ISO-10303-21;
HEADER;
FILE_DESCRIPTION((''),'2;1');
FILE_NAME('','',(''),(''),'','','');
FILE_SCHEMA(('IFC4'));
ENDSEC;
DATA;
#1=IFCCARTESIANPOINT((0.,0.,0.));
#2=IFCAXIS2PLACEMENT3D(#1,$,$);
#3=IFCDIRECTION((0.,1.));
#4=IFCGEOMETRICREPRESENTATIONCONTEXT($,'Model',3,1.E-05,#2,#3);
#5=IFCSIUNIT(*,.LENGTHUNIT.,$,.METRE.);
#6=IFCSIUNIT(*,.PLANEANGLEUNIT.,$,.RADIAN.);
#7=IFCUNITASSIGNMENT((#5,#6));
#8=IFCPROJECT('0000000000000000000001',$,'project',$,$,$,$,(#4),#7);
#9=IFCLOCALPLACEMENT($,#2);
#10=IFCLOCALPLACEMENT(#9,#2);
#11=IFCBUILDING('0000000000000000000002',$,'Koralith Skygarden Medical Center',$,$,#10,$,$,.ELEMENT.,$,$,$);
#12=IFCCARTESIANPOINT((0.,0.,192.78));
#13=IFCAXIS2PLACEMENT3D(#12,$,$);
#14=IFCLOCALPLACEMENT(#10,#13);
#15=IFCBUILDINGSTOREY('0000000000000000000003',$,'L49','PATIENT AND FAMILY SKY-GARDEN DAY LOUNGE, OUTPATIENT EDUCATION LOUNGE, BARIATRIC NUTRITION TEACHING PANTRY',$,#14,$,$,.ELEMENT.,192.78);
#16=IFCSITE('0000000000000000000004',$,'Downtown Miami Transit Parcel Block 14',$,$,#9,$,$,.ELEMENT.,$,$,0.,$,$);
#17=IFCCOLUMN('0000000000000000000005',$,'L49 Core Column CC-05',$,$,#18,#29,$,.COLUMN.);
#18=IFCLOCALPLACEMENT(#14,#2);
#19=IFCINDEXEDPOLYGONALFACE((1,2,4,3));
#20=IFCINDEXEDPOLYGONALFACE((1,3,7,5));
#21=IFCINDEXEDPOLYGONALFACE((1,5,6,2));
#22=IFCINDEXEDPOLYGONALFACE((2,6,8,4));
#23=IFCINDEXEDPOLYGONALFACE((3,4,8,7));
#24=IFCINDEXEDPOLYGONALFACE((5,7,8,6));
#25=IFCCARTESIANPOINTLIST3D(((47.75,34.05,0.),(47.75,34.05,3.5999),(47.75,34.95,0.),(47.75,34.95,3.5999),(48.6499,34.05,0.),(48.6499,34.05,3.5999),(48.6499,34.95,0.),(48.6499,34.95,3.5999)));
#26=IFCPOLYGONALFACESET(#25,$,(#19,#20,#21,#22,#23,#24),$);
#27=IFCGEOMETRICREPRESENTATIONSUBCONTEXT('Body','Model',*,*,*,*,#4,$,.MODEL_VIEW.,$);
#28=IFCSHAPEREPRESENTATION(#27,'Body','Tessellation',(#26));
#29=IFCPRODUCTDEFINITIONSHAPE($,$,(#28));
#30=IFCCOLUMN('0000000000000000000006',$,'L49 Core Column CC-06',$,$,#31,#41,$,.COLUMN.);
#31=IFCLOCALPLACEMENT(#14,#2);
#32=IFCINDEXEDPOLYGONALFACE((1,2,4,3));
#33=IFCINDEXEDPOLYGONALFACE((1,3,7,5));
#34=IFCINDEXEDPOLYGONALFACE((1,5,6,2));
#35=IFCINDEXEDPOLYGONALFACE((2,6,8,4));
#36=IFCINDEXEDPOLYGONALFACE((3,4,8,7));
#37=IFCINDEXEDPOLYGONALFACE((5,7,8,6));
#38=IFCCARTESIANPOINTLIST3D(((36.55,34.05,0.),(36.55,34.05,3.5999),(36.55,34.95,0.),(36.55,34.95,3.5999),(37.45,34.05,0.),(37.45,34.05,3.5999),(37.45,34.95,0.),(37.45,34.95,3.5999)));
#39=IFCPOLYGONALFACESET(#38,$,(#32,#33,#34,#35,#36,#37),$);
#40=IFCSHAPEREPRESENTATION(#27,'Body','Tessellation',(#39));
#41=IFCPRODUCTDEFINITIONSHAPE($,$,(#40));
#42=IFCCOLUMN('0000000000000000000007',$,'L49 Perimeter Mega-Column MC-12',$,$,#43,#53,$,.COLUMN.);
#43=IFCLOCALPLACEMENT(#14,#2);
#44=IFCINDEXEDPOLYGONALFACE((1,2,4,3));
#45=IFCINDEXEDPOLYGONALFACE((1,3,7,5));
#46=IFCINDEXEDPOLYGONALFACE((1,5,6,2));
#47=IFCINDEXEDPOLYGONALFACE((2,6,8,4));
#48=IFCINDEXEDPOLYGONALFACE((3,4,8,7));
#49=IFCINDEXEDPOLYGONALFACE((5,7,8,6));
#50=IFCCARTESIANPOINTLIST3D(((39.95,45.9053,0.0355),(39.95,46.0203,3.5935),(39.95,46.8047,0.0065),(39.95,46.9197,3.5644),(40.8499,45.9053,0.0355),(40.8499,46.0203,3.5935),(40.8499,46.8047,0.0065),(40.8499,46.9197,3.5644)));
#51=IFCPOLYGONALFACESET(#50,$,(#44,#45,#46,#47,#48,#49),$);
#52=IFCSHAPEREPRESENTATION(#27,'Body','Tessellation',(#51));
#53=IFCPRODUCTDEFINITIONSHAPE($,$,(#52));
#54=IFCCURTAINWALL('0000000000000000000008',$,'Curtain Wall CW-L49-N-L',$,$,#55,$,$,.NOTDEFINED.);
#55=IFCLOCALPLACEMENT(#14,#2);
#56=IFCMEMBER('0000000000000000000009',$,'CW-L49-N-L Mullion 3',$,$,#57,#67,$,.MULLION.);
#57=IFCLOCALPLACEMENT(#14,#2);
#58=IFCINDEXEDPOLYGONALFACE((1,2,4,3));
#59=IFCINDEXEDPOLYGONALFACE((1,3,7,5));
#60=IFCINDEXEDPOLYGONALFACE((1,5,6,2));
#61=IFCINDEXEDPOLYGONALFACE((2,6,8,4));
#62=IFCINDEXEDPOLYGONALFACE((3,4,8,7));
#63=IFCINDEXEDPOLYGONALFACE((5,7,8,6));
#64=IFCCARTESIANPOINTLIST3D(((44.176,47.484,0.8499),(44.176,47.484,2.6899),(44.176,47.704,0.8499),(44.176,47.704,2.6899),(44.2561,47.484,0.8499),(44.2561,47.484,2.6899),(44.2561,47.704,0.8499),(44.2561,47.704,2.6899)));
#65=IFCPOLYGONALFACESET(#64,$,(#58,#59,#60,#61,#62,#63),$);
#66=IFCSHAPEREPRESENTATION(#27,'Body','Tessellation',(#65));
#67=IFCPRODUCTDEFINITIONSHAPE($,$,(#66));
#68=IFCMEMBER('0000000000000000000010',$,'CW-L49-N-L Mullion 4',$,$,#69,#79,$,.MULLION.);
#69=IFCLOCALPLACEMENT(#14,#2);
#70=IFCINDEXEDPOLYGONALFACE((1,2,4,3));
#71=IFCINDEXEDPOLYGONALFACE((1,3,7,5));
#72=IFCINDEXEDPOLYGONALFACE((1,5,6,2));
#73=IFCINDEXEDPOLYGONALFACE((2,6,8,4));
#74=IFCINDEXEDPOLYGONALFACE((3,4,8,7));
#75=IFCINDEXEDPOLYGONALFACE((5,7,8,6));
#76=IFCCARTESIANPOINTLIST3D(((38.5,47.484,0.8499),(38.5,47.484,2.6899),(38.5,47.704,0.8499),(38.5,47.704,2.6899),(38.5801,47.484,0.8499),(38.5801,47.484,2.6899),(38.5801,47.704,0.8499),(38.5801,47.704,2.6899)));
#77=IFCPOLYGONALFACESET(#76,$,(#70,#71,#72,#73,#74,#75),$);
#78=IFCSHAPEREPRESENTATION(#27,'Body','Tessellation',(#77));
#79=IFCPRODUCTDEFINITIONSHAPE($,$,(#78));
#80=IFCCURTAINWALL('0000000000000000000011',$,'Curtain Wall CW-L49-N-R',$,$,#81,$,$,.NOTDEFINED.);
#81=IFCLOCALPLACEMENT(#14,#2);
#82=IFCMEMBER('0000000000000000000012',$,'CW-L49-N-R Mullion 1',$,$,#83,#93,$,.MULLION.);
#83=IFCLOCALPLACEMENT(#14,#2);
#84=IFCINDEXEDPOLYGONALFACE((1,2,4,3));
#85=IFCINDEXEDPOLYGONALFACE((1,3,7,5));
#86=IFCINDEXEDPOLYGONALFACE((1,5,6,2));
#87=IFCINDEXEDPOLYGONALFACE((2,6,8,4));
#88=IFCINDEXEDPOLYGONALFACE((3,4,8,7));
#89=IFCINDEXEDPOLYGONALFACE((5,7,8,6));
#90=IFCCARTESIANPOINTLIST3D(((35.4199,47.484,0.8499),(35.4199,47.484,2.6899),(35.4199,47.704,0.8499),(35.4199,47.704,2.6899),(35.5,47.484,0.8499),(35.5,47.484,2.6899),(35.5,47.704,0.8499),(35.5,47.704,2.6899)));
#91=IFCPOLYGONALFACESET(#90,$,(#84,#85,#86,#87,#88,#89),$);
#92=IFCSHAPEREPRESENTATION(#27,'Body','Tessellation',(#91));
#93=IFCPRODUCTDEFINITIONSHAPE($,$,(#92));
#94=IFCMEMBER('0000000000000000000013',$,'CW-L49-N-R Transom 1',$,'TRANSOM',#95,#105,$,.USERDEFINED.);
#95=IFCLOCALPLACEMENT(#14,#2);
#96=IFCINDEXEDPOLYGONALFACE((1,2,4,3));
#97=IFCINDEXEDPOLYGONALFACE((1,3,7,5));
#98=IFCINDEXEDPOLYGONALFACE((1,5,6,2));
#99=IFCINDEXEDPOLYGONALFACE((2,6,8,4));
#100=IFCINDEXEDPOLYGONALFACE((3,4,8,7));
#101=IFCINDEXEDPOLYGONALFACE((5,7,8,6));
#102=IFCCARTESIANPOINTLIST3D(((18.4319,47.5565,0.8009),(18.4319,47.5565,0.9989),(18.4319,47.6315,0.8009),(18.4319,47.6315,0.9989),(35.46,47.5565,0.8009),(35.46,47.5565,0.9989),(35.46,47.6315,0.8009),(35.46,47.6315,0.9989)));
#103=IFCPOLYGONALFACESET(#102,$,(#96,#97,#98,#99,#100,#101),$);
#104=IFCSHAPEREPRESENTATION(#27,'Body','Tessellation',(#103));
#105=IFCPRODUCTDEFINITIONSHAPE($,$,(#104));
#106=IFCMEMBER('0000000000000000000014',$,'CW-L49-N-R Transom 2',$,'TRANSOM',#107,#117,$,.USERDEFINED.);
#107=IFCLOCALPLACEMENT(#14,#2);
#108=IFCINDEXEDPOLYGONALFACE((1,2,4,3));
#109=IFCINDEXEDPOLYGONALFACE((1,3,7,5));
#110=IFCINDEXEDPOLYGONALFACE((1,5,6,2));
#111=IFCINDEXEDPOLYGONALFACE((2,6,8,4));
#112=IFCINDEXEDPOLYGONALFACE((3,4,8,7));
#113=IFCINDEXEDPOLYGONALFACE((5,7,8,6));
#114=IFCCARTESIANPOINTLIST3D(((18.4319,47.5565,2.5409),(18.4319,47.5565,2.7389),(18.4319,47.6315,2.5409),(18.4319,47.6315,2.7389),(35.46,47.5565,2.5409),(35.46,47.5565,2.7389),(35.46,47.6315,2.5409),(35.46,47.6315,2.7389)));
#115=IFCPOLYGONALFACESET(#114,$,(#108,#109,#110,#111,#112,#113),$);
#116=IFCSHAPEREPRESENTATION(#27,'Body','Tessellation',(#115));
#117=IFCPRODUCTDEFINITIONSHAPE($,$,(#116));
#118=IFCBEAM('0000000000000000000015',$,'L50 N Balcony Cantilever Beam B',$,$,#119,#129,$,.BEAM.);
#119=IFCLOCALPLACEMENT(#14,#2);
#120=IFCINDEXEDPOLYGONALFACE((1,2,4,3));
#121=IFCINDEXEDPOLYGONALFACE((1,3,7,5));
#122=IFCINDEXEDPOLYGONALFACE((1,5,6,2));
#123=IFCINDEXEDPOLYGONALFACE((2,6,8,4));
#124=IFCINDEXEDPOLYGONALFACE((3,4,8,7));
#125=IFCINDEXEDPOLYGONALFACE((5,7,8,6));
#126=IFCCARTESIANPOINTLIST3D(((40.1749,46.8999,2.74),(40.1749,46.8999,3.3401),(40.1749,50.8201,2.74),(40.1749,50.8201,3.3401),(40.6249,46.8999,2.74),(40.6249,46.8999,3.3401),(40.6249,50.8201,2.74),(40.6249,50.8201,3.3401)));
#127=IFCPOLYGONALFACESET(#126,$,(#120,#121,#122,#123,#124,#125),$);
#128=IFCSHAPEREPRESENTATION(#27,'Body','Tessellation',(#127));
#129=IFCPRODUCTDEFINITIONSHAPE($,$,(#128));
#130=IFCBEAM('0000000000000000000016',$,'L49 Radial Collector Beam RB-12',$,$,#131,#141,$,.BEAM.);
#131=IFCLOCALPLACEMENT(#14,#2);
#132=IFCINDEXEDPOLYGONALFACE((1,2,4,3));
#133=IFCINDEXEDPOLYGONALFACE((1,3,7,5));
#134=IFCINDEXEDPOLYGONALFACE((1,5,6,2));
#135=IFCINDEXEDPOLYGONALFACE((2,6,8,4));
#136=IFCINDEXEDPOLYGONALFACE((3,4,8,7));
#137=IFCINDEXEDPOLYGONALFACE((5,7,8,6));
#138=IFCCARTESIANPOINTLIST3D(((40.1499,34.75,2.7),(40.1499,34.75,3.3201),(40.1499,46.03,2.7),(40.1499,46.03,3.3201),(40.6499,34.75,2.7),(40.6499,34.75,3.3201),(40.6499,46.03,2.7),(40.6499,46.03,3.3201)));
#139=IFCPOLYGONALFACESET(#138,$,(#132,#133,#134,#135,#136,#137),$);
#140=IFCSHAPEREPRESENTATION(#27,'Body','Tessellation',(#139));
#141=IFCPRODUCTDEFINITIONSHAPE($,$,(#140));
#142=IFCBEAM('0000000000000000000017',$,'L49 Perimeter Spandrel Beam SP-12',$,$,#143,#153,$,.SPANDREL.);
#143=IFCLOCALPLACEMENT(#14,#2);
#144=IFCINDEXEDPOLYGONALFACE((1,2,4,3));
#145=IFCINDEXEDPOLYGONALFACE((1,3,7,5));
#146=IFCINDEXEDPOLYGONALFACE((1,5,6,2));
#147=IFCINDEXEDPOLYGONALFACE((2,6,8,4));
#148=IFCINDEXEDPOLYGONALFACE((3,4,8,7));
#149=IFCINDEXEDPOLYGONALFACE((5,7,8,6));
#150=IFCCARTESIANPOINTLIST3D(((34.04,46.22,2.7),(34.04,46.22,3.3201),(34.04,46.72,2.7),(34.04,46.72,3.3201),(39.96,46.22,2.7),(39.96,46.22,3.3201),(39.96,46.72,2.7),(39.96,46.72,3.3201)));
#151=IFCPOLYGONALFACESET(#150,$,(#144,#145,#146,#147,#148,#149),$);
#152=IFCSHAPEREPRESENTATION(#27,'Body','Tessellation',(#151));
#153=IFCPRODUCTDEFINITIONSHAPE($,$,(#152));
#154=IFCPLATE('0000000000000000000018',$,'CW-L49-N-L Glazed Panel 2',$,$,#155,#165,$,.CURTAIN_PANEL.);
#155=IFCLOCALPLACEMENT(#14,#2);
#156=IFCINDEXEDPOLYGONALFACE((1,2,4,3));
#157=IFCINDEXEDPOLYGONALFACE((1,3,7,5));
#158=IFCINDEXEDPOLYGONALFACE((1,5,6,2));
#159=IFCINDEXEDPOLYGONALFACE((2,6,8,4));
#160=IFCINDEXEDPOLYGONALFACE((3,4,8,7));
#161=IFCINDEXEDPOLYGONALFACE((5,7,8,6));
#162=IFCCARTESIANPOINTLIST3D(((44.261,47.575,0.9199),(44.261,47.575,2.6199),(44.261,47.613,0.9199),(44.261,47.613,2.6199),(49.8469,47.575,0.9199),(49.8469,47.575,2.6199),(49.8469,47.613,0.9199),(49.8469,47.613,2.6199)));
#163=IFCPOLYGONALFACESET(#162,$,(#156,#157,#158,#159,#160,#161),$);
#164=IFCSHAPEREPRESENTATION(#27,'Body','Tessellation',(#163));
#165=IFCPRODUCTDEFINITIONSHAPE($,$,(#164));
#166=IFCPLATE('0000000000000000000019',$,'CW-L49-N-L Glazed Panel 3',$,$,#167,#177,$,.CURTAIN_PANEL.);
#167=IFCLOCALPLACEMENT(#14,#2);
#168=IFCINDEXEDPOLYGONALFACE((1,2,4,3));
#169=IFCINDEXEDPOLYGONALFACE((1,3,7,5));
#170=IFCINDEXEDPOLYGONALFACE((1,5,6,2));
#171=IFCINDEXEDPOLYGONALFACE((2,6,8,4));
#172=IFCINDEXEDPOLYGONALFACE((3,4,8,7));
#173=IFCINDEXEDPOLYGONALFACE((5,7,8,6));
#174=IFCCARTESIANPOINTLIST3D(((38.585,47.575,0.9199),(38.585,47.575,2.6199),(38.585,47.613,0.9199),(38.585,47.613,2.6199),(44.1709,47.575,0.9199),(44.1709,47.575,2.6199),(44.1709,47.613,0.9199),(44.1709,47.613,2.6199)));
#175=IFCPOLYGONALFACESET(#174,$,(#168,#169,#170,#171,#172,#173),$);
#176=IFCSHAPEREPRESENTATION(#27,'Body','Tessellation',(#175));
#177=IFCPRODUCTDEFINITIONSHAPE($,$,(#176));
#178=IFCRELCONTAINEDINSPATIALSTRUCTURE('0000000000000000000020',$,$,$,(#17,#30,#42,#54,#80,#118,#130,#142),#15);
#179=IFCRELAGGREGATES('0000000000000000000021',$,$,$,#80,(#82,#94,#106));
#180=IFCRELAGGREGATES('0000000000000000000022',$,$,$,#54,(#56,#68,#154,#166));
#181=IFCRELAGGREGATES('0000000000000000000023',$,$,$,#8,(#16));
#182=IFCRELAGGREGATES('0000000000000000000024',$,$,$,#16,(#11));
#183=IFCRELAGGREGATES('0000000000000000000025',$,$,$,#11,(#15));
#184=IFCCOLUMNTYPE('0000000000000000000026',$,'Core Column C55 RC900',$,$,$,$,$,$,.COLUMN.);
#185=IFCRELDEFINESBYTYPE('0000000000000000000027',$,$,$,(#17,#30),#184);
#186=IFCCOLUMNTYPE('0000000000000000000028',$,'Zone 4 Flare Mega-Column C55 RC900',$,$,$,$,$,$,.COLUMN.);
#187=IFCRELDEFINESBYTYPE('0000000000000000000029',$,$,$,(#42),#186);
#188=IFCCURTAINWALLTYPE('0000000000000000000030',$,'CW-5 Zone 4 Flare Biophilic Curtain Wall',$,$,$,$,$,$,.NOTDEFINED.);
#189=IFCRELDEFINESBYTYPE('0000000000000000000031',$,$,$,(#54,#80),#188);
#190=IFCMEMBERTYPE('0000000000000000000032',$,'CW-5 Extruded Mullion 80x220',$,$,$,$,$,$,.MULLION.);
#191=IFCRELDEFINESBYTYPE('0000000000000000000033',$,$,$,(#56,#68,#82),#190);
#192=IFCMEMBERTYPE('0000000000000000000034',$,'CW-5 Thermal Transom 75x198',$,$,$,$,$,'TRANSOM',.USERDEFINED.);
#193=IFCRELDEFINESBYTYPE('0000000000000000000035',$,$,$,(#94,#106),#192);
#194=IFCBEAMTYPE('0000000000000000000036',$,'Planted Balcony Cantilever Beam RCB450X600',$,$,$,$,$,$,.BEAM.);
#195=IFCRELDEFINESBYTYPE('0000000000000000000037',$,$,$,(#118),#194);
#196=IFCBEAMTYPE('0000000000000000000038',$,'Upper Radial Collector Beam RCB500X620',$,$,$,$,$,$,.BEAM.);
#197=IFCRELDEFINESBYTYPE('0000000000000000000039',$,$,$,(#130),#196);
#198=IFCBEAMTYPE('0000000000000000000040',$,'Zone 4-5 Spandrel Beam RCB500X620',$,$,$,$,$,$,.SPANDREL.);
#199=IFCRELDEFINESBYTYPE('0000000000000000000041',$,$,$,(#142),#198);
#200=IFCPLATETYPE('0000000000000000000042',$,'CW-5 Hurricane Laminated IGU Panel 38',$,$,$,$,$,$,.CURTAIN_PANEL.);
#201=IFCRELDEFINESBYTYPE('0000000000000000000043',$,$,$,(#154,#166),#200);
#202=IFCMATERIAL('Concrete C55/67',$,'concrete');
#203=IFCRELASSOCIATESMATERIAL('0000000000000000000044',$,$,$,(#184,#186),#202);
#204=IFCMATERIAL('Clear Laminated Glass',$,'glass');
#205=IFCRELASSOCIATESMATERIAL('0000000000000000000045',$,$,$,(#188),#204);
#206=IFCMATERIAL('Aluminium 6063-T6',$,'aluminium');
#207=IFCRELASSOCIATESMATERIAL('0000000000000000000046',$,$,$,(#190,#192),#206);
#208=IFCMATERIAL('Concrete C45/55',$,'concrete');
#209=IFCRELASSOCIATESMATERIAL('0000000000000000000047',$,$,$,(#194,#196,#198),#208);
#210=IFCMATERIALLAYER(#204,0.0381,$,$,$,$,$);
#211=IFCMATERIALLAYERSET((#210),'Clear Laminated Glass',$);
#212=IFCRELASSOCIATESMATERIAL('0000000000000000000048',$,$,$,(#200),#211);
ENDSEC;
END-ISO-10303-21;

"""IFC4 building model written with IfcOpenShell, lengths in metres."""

from ifc_helpers import new_model, si_unit, direction, frame, origin, origin_2d, place, context, subcontext, project, spatial, rectangle, extrude, material, layer, layer_set, material_profile, profile_set, type_object, element, aggregate, save


model = new_model("IFC4")

# Units and contexts
model_context = context("Model", 3, precision=1e-05, world=origin(), true_north=direction((0.0, 1.0)))
body_context = subcontext(model_context, "Body", "Model", "MODEL_VIEW")
ifc_project = project(units=[si_unit("LENGTHUNIT", "METRE"), si_unit("PLANEANGLEUNIT", "RADIAN")], contexts=[model_context])

# Site, building, storey
site_placement = place(None, origin())
site = spatial("IfcSite", under=ifc_project, at=site_placement, Name="Downtown Miami Transit Parcel Block 14", CompositionType="ELEMENT", RefElevation=0.0)
building_placement = place(site_placement, origin())
building = spatial("IfcBuilding", under=site, at=building_placement, Name="Koralith Skygarden Medical Center", CompositionType="ELEMENT")
storey_placement = place(building_placement, frame((0.0, 0.0, 192.78)))
storey = spatial("IfcBuildingStorey", under=building, at=storey_placement, Name="L49", Description="PATIENT AND FAMILY SKY-GARDEN DAY LOUNGE, OUTPATIENT EDUCATION LOUNGE, BARIATRIC NUTRITION TEACHING PANTRY", CompositionType="ELEMENT", Elevation=192.78)

# Columns
ifc_material_1 = material(Name="Concrete C55/67", Category="concrete")
ifc_material_profile_1 = material_profile(ifc_material_1, rectangle(XDim=0.8999, YDim=0.8999, at=origin_2d()), Name="RC900X900")
ifc_profile_set_1 = profile_set([ifc_material_profile_1], Name="Concrete C55/67")
column_type_1 = type_object("IfcColumnType", Name="Core Column C55 RC900", PredefinedType="COLUMN", material=ifc_profile_set_1)
for number, where, z_axis, x_axis, name in (
    (1, (48.2, 34.5, 0.0), (0.0, 0.0, 1.0), (1.0, 0.0, 0.0), "L49 Core Column CC-05"),
    (2, (37.0, 34.5, 0.0), (0.0, 0.0, 1.0), (1.0, 0.0, 0.0), "L49 Core Column CC-06"),
):
    element("IfcColumn", number, at=place(storey_placement, frame(where, z_axis=z_axis, x_axis=x_axis)), inside=storey, type_object=column_type_1, Name=name, PredefinedType="COLUMN", context=body_context, shape_type="SweptSolid", body=[
        extrude(rectangle(XDim=0.8999, YDim=0.8999, at=origin_2d()), origin(), (0.0, 0.0, 1.0), 3.5999),
    ])
ifc_material_profile_2 = material_profile(ifc_material_1, rectangle(XDim=0.8999, YDim=0.8999, at=origin_2d()), Name="RC900X900")
ifc_profile_set_2 = profile_set([ifc_material_profile_2], Name="Concrete C55/67")
column_type_2 = type_object("IfcColumnType", Name="Zone 4 Flare Mega-Column C55 RC900", PredefinedType="COLUMN", material=ifc_profile_set_2)
column_placement = place(storey_placement, frame((40.3999, 46.355, 0.021), z_axis=(0.0, 0.032303, 0.999478), x_axis=(-1.0, 0.0, 0.0)))
element("IfcColumn", 3, at=column_placement, inside=storey, type_object=column_type_2, Name="L49 Perimeter Mega-Column MC-12", PredefinedType="COLUMN", context=body_context, shape_type="SweptSolid", body=[
    extrude(rectangle(XDim=0.8999, YDim=0.8999, at=origin_2d()), origin(), (0.0, 0.0, 1.0), 3.5598),
])

# Curtain walls, members
ifc_material_2 = material(Name="Clear Laminated Glass", Category="glass")
curtain_wall_type = type_object("IfcCurtainWallType", Name="CW-5 Zone 4 Flare Biophilic Curtain Wall", PredefinedType="NOTDEFINED", material=ifc_material_2)
curtain_wall_1_placement = place(storey_placement, origin())
curtain_wall_1 = element("IfcCurtainWall", 4, at=curtain_wall_1_placement, inside=storey, type_object=curtain_wall_type, Name="Curtain Wall CW-L49-N-L", PredefinedType="NOTDEFINED")
ifc_material_3 = material(Name="Aluminium 6063-T6", Category="aluminium")
ifc_material_profile_3 = material_profile(ifc_material_3, rectangle(XDim=0.0801, YDim=0.22, at=origin_2d()), Name="MUL80X220")
ifc_profile_set_3 = profile_set([ifc_material_profile_3], Name="Aluminium 6063-T6")
member_type_1 = type_object("IfcMemberType", Name="CW-5 Extruded Mullion 80x220", PredefinedType="MULLION", material=ifc_profile_set_3)
member_1_placement = place(storey_placement, frame((44.2161, 47.594, 0.8499), z_axis=(0.0, 0.0, 1.0), x_axis=(1.0, 0.0, 0.0)))
member_1 = element("IfcMember", 5, at=member_1_placement, type_object=member_type_1, Name="CW-L49-N-L Mullion 3", PredefinedType="MULLION", context=body_context, shape_type="SweptSolid", body=[
    extrude(rectangle(XDim=0.0801, YDim=0.22, at=origin_2d()), origin(), (0.0, 0.0, 1.0), 1.8401),
])
member_2_placement = place(storey_placement, frame((38.54, 47.594, 0.8499), z_axis=(0.0, 0.0, 1.0), x_axis=(1.0, 0.0, 0.0)))
member_2 = element("IfcMember", 6, at=member_2_placement, type_object=member_type_1, Name="CW-L49-N-L Mullion 4", PredefinedType="MULLION", context=body_context, shape_type="SweptSolid", body=[
    extrude(rectangle(XDim=0.0801, YDim=0.22, at=origin_2d()), origin(), (0.0, 0.0, 1.0), 1.8401),
])
curtain_wall_2_placement = place(storey_placement, origin())
curtain_wall_2 = element("IfcCurtainWall", 7, at=curtain_wall_2_placement, inside=storey, type_object=curtain_wall_type, Name="Curtain Wall CW-L49-N-R", PredefinedType="NOTDEFINED")
member_3_placement = place(storey_placement, frame((35.46, 47.594, 0.8499), z_axis=(0.0, 0.0, 1.0), x_axis=(1.0, 0.0, 0.0)))
member_3 = element("IfcMember", 8, at=member_3_placement, type_object=member_type_1, Name="CW-L49-N-R Mullion 1", PredefinedType="MULLION", context=body_context, shape_type="SweptSolid", body=[
    extrude(rectangle(XDim=0.0801, YDim=0.22, at=origin_2d()), origin(), (0.0, 0.0, 1.0), 1.8401),
])
ifc_material_profile_4 = material_profile(ifc_material_3, rectangle(XDim=0.075, YDim=0.198, at=origin_2d()), Name="TRN75X198")
ifc_profile_set_4 = profile_set([ifc_material_profile_4], Name="Aluminium 6063-T6")
member_type_2 = type_object("IfcMemberType", Name="CW-5 Thermal Transom 75x198", ElementType="TRANSOM", PredefinedType="USERDEFINED", material=ifc_profile_set_4)
member_4_placement = place(storey_placement, frame((35.46, 47.594, 0.8999), z_axis=(-1.0, 0.0, 0.0), x_axis=(0.0, -1.0, 0.0)))
member_4 = element("IfcMember", 9, at=member_4_placement, type_object=member_type_2, Name="CW-L49-N-R Transom 1", ObjectType="TRANSOM", PredefinedType="USERDEFINED", context=body_context, shape_type="SweptSolid", body=[
    extrude(rectangle(XDim=0.075, YDim=0.198, at=origin_2d()), origin(), (0.0, 0.0, 1.0), 17.0281),
])
member_5_placement = place(storey_placement, frame((35.46, 47.594, 2.6399), z_axis=(-1.0, 0.0, 0.0), x_axis=(0.0, -1.0, 0.0)))
member_5 = element("IfcMember", 10, at=member_5_placement, type_object=member_type_2, Name="CW-L49-N-R Transom 2", ObjectType="TRANSOM", PredefinedType="USERDEFINED", context=body_context, shape_type="SweptSolid", body=[
    extrude(rectangle(XDim=0.075, YDim=0.198, at=origin_2d()), origin(), (0.0, 0.0, 1.0), 17.0281),
])
aggregate(curtain_wall_2, [member_3, member_4, member_5])

# Beams
ifc_material_4 = material(Name="Concrete C45/55", Category="concrete")
ifc_material_profile_5 = material_profile(ifc_material_4, rectangle(XDim=0.45, YDim=0.6001, at=origin_2d()), Name="RCB450X600")
ifc_profile_set_5 = profile_set([ifc_material_profile_5], Name="Concrete C45/55")
beam_type_1 = type_object("IfcBeamType", Name="Planted Balcony Cantilever Beam RCB450X600", PredefinedType="BEAM", material=ifc_profile_set_5)
beam_1_placement = place(storey_placement, frame((40.3999, 46.8999, 3.04), z_axis=(0.0, 1.0, 0.0), x_axis=(-1.0, 0.0, 0.0)))
element("IfcBeam", 11, at=beam_1_placement, inside=storey, type_object=beam_type_1, Name="L50 N Balcony Cantilever Beam B", PredefinedType="BEAM", context=body_context, shape_type="SweptSolid", body=[
    extrude(rectangle(XDim=0.45, YDim=0.6001, at=origin_2d()), origin(), (0.0, 0.0, 1.0), 3.9202),
])
ifc_material_profile_6 = material_profile(ifc_material_4, rectangle(XDim=0.5, YDim=0.6201, at=origin_2d()), Name="RCB500X620")
ifc_profile_set_6 = profile_set([ifc_material_profile_6], Name="Concrete C45/55")
beam_type_2 = type_object("IfcBeamType", Name="Upper Radial Collector Beam RCB500X620", PredefinedType="BEAM", material=ifc_profile_set_6)
beam_2_placement = place(storey_placement, frame((40.3999, 34.75, 3.01), z_axis=(0.0, 1.0, 0.0), x_axis=(-1.0, 0.0, 0.0)))
element("IfcBeam", 12, at=beam_2_placement, inside=storey, type_object=beam_type_2, Name="L49 Radial Collector Beam RB-12", PredefinedType="BEAM", context=body_context, shape_type="SweptSolid", body=[
    extrude(rectangle(XDim=0.5, YDim=0.6201, at=origin_2d()), origin(), (0.0, 0.0, 1.0), 11.28),
])
ifc_material_profile_7 = material_profile(ifc_material_4, rectangle(XDim=0.5, YDim=0.6201, at=origin_2d()), Name="RCB500X620")
ifc_profile_set_7 = profile_set([ifc_material_profile_7], Name="Concrete C45/55")
beam_type_3 = type_object("IfcBeamType", Name="Zone 4-5 Spandrel Beam RCB500X620", PredefinedType="SPANDREL", material=ifc_profile_set_7)
beam_3_placement = place(storey_placement, frame((39.96, 46.47, 3.01), z_axis=(-1.0, 0.0, 0.0), x_axis=(0.0, -1.0, 0.0)))
element("IfcBeam", 13, at=beam_3_placement, inside=storey, type_object=beam_type_3, Name="L49 Perimeter Spandrel Beam SP-12", PredefinedType="SPANDREL", context=body_context, shape_type="SweptSolid", body=[
    extrude(rectangle(XDim=0.5, YDim=0.6201, at=origin_2d()), origin(), (0.0, 0.0, 1.0), 5.9199),
])

# Plates
ifc_layer_1 = layer(ifc_material_2, 0.0381)
ifc_layer_set_1 = layer_set([ifc_layer_1], Name="Clear Laminated Glass")
plate_type = type_object("IfcPlateType", Name="CW-5 Hurricane Laminated IGU Panel 38", PredefinedType="CURTAIN_PANEL", material=ifc_layer_set_1)
plate_1_placement = place(storey_placement, frame((47.054, 47.594, 0.9199), z_axis=(0.0, 0.0, 1.0), x_axis=(-1.0, 0.0, 0.0)))
plate_1 = element("IfcPlate", 14, at=plate_1_placement, type_object=plate_type, Name="CW-L49-N-L Glazed Panel 2", PredefinedType="CURTAIN_PANEL", context=body_context, shape_type="SweptSolid", body=[
    extrude(rectangle(XDim=5.5859, YDim=0.0381, at=origin_2d()), origin(), (0.0, 0.0, 1.0), 1.7),
])
plate_2_placement = place(storey_placement, frame((41.3779, 47.594, 0.9199), z_axis=(0.0, 0.0, 1.0), x_axis=(-1.0, 0.0, 0.0)))
plate_2 = element("IfcPlate", 15, at=plate_2_placement, type_object=plate_type, Name="CW-L49-N-L Glazed Panel 3", PredefinedType="CURTAIN_PANEL", context=body_context, shape_type="SweptSolid", body=[
    extrude(rectangle(XDim=5.5859, YDim=0.0381, at=origin_2d()), origin(), (0.0, 0.0, 1.0), 1.7),
])
aggregate(curtain_wall_1, [member_1, member_2, plate_1, plate_2])

save(model, "model.ifc")
